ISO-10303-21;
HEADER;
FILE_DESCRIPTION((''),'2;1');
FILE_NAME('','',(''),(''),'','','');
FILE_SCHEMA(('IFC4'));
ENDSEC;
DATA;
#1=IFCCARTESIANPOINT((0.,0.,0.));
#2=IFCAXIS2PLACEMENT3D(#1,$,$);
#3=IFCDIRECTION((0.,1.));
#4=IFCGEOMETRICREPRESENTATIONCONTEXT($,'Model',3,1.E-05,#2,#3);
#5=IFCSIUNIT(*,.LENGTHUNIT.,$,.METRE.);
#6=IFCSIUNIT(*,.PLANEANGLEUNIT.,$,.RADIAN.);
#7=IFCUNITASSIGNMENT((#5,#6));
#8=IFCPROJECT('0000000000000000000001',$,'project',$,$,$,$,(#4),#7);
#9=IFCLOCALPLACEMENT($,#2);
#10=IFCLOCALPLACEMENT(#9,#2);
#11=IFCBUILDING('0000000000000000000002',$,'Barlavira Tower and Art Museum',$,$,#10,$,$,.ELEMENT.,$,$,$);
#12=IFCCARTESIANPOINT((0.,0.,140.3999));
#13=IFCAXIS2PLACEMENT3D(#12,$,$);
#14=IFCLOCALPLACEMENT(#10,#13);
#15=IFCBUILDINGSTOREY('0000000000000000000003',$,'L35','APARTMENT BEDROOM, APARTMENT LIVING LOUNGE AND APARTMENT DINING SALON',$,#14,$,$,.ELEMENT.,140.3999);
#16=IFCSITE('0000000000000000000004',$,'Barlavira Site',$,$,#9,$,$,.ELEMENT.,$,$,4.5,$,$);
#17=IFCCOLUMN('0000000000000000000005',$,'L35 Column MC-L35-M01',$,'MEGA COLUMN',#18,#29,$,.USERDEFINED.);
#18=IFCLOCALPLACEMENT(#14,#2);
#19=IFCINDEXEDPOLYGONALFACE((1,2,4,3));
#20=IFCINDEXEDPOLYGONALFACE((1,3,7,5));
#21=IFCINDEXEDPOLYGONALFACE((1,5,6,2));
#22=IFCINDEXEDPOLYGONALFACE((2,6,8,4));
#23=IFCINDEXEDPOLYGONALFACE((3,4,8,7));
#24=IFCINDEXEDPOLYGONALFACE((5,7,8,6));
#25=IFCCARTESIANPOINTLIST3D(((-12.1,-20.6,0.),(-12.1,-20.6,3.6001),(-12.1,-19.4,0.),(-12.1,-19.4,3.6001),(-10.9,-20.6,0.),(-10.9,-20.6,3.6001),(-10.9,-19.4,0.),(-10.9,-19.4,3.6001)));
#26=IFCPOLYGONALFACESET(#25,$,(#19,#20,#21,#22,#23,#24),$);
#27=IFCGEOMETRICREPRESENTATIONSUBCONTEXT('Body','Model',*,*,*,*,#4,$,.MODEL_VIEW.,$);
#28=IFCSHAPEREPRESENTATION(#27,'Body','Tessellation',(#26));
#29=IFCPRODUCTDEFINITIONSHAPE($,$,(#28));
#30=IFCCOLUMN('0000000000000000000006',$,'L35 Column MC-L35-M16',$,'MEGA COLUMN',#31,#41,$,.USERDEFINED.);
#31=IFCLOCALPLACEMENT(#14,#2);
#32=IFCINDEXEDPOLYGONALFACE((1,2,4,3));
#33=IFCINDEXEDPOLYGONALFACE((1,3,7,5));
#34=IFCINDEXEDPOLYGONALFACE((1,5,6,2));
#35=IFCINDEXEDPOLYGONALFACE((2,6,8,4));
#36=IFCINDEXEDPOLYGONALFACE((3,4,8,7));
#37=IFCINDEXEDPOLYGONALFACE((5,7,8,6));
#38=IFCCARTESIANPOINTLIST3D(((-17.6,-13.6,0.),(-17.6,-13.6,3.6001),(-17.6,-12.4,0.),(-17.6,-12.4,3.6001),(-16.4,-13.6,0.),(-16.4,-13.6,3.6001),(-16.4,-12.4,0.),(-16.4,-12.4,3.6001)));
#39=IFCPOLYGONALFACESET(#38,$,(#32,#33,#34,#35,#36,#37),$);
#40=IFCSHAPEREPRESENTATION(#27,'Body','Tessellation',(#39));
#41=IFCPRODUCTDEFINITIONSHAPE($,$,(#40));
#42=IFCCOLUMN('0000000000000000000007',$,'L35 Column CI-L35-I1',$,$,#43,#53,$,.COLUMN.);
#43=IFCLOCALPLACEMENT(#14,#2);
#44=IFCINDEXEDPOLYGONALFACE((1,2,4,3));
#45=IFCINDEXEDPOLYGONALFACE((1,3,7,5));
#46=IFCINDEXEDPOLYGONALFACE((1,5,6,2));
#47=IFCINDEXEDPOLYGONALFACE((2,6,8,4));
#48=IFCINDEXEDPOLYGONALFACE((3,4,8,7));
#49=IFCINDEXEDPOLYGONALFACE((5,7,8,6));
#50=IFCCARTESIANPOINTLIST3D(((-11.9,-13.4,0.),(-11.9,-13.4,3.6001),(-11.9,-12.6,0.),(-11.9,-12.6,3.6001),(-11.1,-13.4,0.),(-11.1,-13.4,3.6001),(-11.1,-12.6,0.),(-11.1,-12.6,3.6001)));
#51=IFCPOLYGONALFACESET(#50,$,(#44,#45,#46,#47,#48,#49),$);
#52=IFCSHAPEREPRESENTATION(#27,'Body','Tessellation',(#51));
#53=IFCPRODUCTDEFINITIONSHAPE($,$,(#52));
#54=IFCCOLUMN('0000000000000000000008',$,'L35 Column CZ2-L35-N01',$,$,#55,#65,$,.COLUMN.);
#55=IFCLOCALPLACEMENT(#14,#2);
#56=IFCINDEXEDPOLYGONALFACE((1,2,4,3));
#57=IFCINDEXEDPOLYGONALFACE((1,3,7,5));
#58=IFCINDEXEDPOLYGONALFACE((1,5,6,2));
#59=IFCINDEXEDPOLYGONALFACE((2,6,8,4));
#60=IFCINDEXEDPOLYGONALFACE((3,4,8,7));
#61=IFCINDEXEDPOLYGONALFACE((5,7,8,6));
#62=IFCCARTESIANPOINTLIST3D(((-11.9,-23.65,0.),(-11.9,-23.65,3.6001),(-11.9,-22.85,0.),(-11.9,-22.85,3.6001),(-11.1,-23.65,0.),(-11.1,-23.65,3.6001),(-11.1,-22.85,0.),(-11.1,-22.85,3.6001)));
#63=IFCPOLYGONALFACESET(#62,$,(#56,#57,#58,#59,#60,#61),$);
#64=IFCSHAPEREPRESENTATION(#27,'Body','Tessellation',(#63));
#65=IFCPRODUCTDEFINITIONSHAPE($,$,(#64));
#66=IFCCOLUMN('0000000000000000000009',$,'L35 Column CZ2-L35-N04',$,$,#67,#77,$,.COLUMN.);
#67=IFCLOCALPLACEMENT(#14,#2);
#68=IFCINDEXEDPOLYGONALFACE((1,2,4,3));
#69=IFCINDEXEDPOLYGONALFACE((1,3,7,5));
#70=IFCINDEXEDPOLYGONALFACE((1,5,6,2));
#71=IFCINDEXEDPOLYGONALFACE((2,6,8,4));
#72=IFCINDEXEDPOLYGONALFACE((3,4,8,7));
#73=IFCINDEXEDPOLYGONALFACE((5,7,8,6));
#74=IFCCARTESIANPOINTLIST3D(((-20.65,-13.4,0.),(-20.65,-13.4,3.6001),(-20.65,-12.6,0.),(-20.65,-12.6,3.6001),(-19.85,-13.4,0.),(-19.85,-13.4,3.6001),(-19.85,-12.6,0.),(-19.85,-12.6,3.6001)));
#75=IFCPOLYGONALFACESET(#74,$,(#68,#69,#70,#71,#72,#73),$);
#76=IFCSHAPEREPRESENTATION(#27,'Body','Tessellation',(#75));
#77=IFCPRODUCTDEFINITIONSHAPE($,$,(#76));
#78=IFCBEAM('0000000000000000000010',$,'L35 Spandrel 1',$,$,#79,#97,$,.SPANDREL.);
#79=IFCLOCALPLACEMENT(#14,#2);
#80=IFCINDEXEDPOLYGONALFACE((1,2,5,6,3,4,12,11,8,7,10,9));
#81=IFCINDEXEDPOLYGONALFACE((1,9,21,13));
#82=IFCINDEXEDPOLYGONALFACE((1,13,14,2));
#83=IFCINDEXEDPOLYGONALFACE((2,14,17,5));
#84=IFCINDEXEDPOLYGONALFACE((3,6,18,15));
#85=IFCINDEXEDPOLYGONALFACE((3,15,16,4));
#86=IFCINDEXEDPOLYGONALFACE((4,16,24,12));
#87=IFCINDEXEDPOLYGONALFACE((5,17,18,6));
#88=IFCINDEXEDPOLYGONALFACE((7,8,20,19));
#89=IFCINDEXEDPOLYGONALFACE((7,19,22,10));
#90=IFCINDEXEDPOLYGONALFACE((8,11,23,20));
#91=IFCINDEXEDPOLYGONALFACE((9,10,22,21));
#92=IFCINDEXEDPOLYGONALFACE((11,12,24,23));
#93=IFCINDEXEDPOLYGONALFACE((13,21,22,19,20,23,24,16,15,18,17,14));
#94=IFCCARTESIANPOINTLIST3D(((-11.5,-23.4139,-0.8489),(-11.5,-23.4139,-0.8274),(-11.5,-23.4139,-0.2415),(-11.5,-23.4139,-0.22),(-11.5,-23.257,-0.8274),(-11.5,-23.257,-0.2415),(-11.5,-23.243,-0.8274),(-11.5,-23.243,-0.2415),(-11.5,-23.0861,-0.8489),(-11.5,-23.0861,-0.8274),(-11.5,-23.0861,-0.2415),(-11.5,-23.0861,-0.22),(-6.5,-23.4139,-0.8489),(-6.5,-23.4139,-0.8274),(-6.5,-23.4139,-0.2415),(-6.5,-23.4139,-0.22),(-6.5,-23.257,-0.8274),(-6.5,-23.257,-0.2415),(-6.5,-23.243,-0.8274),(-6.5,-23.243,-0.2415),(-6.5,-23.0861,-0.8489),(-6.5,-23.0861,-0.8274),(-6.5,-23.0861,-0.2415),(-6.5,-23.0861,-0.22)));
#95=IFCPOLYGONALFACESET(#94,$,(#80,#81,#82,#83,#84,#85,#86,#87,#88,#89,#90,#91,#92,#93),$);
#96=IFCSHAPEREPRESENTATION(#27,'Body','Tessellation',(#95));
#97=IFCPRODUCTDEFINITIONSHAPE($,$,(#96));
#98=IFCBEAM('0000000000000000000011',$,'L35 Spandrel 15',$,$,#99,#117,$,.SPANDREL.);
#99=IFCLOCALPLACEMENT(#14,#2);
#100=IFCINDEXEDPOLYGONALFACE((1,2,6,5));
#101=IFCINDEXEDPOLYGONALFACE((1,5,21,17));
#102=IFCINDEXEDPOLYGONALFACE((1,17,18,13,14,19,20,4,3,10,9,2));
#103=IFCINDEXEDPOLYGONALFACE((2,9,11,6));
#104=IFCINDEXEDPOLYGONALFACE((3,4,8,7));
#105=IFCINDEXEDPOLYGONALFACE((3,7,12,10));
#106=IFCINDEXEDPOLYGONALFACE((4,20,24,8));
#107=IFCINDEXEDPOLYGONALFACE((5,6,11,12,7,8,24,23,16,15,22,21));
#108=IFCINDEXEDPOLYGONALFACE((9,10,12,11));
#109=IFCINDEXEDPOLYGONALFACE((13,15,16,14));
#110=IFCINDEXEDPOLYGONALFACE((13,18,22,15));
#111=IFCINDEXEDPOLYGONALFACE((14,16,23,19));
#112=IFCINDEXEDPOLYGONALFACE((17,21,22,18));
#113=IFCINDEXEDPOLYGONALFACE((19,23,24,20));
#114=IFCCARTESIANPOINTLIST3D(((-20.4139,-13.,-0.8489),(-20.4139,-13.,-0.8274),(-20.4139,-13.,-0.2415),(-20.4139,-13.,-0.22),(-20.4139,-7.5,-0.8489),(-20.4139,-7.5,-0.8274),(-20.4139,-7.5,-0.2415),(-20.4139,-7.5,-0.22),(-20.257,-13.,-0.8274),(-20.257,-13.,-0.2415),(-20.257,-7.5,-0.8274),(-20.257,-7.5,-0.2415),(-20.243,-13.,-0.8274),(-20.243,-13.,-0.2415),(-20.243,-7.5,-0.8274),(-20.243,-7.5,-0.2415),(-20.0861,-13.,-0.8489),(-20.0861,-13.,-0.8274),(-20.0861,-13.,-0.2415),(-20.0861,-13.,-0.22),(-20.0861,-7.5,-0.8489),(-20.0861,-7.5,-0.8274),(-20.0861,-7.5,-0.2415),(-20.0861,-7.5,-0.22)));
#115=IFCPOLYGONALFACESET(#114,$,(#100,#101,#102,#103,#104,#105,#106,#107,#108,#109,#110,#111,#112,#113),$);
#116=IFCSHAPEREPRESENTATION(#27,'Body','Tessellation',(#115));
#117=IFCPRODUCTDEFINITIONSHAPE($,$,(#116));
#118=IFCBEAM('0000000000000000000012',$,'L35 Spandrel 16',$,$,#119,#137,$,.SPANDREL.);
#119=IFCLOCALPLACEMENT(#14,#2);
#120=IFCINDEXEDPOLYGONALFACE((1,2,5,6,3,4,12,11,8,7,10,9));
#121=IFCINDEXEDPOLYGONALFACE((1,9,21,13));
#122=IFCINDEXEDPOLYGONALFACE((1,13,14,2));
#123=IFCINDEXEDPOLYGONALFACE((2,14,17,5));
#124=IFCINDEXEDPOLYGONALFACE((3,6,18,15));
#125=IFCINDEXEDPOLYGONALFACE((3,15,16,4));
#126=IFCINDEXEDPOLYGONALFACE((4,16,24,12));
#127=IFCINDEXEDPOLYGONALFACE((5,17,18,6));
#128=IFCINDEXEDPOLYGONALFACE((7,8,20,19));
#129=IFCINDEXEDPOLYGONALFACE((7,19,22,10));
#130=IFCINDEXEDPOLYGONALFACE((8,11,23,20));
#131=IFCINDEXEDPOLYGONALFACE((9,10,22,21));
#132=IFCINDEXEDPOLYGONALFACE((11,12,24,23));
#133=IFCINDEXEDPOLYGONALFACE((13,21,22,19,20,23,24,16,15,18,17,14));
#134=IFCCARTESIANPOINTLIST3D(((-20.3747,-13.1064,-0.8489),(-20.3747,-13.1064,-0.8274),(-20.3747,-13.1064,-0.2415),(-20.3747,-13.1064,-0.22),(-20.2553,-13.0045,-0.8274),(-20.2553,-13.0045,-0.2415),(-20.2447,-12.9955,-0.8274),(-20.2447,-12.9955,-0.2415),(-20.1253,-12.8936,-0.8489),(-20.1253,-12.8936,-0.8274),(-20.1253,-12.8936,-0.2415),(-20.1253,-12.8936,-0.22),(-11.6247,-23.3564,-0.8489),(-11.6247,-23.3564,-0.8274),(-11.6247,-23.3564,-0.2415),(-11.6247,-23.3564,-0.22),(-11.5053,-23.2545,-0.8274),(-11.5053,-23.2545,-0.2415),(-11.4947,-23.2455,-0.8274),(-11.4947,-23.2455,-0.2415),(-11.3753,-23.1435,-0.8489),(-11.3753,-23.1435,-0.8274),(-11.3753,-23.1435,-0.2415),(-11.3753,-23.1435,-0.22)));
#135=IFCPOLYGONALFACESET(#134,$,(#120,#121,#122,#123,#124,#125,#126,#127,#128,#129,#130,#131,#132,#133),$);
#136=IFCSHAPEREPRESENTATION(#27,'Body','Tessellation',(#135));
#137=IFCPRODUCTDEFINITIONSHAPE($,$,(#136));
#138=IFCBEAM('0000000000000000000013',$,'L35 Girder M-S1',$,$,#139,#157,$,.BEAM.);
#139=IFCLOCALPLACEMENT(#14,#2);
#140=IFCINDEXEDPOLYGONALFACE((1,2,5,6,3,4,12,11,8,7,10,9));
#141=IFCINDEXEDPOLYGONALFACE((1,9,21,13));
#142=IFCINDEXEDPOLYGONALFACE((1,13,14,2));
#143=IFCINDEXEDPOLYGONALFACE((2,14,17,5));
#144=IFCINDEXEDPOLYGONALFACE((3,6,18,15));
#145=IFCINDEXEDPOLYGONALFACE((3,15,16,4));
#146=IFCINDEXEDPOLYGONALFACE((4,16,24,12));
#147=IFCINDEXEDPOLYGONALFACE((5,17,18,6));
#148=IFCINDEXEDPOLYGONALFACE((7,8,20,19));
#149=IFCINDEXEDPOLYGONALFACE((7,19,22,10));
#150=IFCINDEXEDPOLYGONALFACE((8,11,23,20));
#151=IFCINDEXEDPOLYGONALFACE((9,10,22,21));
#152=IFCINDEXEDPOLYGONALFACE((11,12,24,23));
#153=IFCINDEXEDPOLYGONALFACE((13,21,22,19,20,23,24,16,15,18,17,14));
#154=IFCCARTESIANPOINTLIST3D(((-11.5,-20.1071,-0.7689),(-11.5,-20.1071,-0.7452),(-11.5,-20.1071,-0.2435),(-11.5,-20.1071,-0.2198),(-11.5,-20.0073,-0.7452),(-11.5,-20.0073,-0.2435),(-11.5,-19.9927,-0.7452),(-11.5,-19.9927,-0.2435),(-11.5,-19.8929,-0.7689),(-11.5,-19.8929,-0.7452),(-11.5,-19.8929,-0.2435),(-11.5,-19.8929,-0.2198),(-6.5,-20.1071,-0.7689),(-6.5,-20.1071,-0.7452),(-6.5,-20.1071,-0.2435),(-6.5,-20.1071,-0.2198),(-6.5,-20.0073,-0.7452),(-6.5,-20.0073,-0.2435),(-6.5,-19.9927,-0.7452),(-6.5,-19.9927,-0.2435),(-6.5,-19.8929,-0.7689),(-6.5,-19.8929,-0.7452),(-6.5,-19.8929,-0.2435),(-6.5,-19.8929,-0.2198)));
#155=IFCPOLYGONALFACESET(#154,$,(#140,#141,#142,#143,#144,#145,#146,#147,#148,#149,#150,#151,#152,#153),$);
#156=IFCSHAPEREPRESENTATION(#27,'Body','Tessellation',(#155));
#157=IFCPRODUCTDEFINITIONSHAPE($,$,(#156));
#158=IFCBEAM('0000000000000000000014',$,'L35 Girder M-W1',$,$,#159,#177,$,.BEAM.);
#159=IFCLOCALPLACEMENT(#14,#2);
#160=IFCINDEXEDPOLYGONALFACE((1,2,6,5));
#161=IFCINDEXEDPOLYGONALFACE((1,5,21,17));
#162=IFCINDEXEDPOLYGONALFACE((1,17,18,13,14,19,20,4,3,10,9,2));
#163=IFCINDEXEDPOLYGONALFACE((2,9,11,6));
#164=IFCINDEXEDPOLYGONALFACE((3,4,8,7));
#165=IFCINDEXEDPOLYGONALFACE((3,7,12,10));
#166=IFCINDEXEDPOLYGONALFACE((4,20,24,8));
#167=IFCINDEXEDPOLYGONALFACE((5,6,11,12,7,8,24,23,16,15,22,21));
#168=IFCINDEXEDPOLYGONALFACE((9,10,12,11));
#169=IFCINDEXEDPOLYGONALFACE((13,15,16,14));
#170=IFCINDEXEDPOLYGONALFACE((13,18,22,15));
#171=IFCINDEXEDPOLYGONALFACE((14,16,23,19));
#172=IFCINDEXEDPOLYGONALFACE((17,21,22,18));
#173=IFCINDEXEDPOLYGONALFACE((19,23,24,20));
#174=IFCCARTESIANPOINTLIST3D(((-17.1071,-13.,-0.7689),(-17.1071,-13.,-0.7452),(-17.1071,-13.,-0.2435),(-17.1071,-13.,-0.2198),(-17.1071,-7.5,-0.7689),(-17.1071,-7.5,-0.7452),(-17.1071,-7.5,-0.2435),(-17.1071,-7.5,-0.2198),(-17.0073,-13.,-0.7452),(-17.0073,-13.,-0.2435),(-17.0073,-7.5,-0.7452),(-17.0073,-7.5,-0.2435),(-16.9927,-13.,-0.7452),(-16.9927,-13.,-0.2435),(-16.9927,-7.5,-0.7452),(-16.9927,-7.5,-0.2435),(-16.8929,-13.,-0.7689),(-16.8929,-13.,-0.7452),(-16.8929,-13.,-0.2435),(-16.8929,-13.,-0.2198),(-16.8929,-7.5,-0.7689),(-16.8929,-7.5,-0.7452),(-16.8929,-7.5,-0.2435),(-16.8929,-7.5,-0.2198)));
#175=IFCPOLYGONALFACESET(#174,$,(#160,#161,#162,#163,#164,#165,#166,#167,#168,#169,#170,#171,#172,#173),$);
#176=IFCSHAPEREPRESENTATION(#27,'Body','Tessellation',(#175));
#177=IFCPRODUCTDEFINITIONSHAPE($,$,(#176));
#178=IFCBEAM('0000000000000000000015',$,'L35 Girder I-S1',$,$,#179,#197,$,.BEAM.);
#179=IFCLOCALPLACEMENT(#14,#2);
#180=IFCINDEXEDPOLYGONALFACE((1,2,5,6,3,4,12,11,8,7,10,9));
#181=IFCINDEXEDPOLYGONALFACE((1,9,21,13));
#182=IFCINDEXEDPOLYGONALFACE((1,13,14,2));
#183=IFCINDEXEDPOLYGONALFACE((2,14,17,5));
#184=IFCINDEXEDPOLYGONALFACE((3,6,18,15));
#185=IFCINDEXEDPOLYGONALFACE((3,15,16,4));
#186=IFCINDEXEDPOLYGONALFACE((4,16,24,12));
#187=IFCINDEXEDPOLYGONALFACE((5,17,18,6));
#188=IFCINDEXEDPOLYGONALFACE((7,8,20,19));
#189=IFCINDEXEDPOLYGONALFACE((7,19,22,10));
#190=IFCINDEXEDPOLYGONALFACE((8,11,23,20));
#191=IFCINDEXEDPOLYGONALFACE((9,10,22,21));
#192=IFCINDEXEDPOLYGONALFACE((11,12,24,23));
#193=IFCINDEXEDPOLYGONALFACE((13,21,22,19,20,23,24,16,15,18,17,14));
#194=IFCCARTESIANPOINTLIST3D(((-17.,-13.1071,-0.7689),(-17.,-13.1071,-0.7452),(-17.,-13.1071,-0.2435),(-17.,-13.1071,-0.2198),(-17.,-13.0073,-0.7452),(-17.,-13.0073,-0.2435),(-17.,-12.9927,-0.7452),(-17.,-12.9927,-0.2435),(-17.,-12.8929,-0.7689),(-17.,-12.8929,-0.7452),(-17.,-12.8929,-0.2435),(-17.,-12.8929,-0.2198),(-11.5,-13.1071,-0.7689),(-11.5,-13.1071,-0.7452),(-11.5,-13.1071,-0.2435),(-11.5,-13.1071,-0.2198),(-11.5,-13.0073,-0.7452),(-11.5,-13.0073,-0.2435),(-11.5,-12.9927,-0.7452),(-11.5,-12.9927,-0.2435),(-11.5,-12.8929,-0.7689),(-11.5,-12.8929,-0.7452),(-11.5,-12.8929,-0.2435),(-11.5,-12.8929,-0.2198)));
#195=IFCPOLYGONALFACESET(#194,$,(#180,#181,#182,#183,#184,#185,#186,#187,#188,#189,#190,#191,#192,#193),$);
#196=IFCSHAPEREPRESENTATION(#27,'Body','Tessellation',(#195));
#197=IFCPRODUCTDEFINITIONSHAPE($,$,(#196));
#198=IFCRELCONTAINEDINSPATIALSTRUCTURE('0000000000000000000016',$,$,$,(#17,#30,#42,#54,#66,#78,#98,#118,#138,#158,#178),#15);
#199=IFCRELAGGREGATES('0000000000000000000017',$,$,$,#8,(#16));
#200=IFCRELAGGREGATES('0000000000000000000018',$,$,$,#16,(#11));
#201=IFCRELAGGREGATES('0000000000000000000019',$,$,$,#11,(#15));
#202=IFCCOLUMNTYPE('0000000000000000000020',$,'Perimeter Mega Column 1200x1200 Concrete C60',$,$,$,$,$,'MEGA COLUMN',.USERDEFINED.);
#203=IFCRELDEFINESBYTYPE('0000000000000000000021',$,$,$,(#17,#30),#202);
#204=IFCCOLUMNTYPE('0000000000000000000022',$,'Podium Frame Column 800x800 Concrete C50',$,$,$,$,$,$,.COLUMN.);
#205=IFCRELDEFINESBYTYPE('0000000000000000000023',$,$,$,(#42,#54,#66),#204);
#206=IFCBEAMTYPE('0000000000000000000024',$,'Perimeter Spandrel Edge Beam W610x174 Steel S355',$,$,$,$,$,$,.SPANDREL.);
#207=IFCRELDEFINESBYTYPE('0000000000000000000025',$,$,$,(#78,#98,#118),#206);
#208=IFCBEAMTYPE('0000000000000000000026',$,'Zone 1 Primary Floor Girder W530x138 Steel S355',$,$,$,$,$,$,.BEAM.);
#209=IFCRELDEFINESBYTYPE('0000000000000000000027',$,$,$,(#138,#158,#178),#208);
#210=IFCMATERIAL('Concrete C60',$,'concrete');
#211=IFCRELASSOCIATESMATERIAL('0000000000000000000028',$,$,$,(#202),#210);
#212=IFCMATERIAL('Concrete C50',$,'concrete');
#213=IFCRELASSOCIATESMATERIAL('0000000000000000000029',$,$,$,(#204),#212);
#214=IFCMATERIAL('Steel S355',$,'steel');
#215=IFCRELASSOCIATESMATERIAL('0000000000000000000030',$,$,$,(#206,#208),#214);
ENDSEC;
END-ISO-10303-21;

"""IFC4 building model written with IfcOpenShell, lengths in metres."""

from ifc_helpers import new_model, si_unit, direction, frame, origin, origin_2d, place, context, subcontext, project, spatial, rectangle, i_section, extrude, material, material_profile, profile_set, type_object, element, save


model = new_model("IFC4")

# Units and contexts
model_context = context("Model", 3, precision=1e-05, world=origin(), true_north=direction((0.0, 1.0)))
body_context = subcontext(model_context, "Body", "Model", "MODEL_VIEW")
ifc_project = project(units=[si_unit("LENGTHUNIT", "METRE"), si_unit("PLANEANGLEUNIT", "RADIAN")], contexts=[model_context])

# Site, building, storey
site_placement = place(None, origin())
site = spatial("IfcSite", under=ifc_project, at=site_placement, Name="Barlavira Site", CompositionType="ELEMENT", RefElevation=4.5)
building_placement = place(site_placement, origin())
building = spatial("IfcBuilding", under=site, at=building_placement, Name="Barlavira Tower and Art Museum", CompositionType="ELEMENT")
storey_placement = place(building_placement, frame((0.0, 0.0, 140.3999)))
storey = spatial("IfcBuildingStorey", under=building, at=storey_placement, Name="L35", Description="APARTMENT BEDROOM, APARTMENT LIVING LOUNGE AND APARTMENT DINING SALON", CompositionType="ELEMENT", Elevation=140.3999)

# Columns
ifc_material_1 = material(Name="Concrete C60", Category="concrete")
ifc_material_profile_1 = material_profile(ifc_material_1, rectangle(XDim=1.2, YDim=1.2, at=origin_2d()), Name="RC-COL 1200x1200")
ifc_profile_set_1 = profile_set([ifc_material_profile_1], Name="Concrete C60")
column_type_1 = type_object("IfcColumnType", Name="Perimeter Mega Column 1200x1200 Concrete C60", ElementType="MEGA COLUMN", PredefinedType="USERDEFINED", material=ifc_profile_set_1)
for number, where, z_axis, x_axis, name in (
    (1, (-11.5, -20.0, 0.0), (0.0, 0.0, 1.0), (1.0, 0.0, 0.0), "L35 Column MC-L35-M01"),
    (2, (-17.0, -13.0, 0.0), (0.0, 0.0, 1.0), (1.0, 0.0, 0.0), "L35 Column MC-L35-M16"),
):
    element("IfcColumn", number, at=place(storey_placement, frame(where, z_axis=z_axis, x_axis=x_axis)), inside=storey, type_object=column_type_1, Name=name, ObjectType="MEGA COLUMN", PredefinedType="USERDEFINED", context=body_context, shape_type="SweptSolid", body=[
        extrude(rectangle(XDim=1.2, YDim=1.2, at=origin_2d()), origin(), (0.0, 0.0, 1.0), 3.6001),
    ])
ifc_material_2 = material(Name="Concrete C50", Category="concrete")
ifc_material_profile_2 = material_profile(ifc_material_2, rectangle(XDim=0.8, YDim=0.8, at=origin_2d()), Name="RC-COL 800x800")
ifc_profile_set_2 = profile_set([ifc_material_profile_2], Name="Concrete C50")
column_type_2 = type_object("IfcColumnType", Name="Podium Frame Column 800x800 Concrete C50", PredefinedType="COLUMN", material=ifc_profile_set_2)
for number, where, z_axis, x_axis, name in (
    (3, (-11.5, -13.0, 0.0), (0.0, 0.0, 1.0), (1.0, 0.0, 0.0), "L35 Column CI-L35-I1"),
    (4, (-11.5, -23.25, 0.0), (0.0, 0.0, 1.0), (1.0, 0.0, 0.0), "L35 Column CZ2-L35-N01"),
    (5, (-20.25, -13.0, 0.0), (0.0, 0.0, 1.0), (1.0, 0.0, 0.0), "L35 Column CZ2-L35-N04"),
):
    element("IfcColumn", number, at=place(storey_placement, frame(where, z_axis=z_axis, x_axis=x_axis)), inside=storey, type_object=column_type_2, Name=name, PredefinedType="COLUMN", context=body_context, shape_type="SweptSolid", body=[
        extrude(rectangle(XDim=0.8, YDim=0.8, at=origin_2d()), origin(), (0.0, 0.0, 1.0), 3.6001),
    ])

# Beams
ifc_material_3 = material(Name="Steel S355", Category="steel")
ifc_material_profile_3 = material_profile(ifc_material_3, i_section(OverallWidth=0.3279, OverallDepth=0.6289, WebThickness=0.0139, FlangeThickness=0.0215, at=origin_2d()), Name="W610x174.0")
ifc_profile_set_3 = profile_set([ifc_material_profile_3], Name="Steel S355")
beam_type_1 = type_object("IfcBeamType", Name="Perimeter Spandrel Edge Beam W610x174 Steel S355", PredefinedType="SPANDREL", material=ifc_profile_set_3)
beam_1_placement = place(storey_placement, frame((-11.5, -23.25, -0.5344), z_axis=(1.0, 0.0, 0.0), x_axis=(0.0, 1.0, 0.0)))
element("IfcBeam", 6, at=beam_1_placement, inside=storey, type_object=beam_type_1, Name="L35 Spandrel 1", PredefinedType="SPANDREL", context=body_context, shape_type="SweptSolid", body=[
    extrude(i_section(OverallWidth=0.3279, OverallDepth=0.6289, WebThickness=0.0139, FlangeThickness=0.0215, at=origin_2d()), origin(), (0.0, 0.0, 1.0), 5.0),
])
beam_2_placement = place(storey_placement, frame((-20.25, -13.0, -0.5344), z_axis=(0.0, 1.0, 0.0), x_axis=(-1.0, 0.0, 0.0)))
element("IfcBeam", 7, at=beam_2_placement, inside=storey, type_object=beam_type_1, Name="L35 Spandrel 15", PredefinedType="SPANDREL", context=body_context, shape_type="SweptSolid", body=[
    extrude(i_section(OverallWidth=0.3279, OverallDepth=0.6289, WebThickness=0.0139, FlangeThickness=0.0215, at=origin_2d()), origin(), (0.0, 0.0, 1.0), 5.5),
])
beam_3_placement = place(storey_placement, frame((-20.25, -13.0, -0.5344), z_axis=(0.649262, -0.760565, 0.0), x_axis=(0.760565, 0.649262, 0.0)))
element("IfcBeam", 8, at=beam_3_placement, inside=storey, type_object=beam_type_1, Name="L35 Spandrel 16", PredefinedType="SPANDREL", context=body_context, shape_type="SweptSolid", body=[
    extrude(i_section(OverallWidth=0.3279, OverallDepth=0.6289, WebThickness=0.0139, FlangeThickness=0.0215, at=origin_2d()), origin(), (0.0, 0.0, 1.0), 13.4768),
])
ifc_material_profile_4 = material_profile(ifc_material_3, i_section(OverallWidth=0.2141, OverallDepth=0.5491, WebThickness=0.0146, FlangeThickness=0.0237, at=origin_2d()), Name="W530x138.0")
ifc_profile_set_4 = profile_set([ifc_material_profile_4], Name="Steel S355")
beam_type_2 = type_object("IfcBeamType", Name="Zone 1 Primary Floor Girder W530x138 Steel S355", PredefinedType="BEAM", material=ifc_profile_set_4)
beam_4_placement = place(storey_placement, frame((-11.5, -20.0, -0.4944), z_axis=(1.0, 0.0, 0.0), x_axis=(0.0, 1.0, 0.0)))
element("IfcBeam", 9, at=beam_4_placement, inside=storey, type_object=beam_type_2, Name="L35 Girder M-S1", PredefinedType="BEAM", context=body_context, shape_type="SweptSolid", body=[
    extrude(i_section(OverallWidth=0.2141, OverallDepth=0.5491, WebThickness=0.0146, FlangeThickness=0.0237, at=origin_2d()), origin(), (0.0, 0.0, 1.0), 5.0),
])
for number, where, z_axis, x_axis, name in (
    (10, (-17.0, -13.0, -0.4944), (0.0, 1.0, 0.0), (-1.0, 0.0, 0.0), "L35 Girder M-W1"),
    (11, (-17.0, -13.0, -0.4944), (1.0, 0.0, 0.0), (0.0, 1.0, 0.0), "L35 Girder I-S1"),
):
    element("IfcBeam", number, at=place(storey_placement, frame(where, z_axis=z_axis, x_axis=x_axis)), inside=storey, type_object=beam_type_2, Name=name, PredefinedType="BEAM", context=body_context, shape_type="SweptSolid", body=[
        extrude(i_section(OverallWidth=0.2141, OverallDepth=0.5491, WebThickness=0.0146, FlangeThickness=0.0237, at=origin_2d()), origin(), (0.0, 0.0, 1.0), 5.5),
    ])

save(model, "model.ifc")
